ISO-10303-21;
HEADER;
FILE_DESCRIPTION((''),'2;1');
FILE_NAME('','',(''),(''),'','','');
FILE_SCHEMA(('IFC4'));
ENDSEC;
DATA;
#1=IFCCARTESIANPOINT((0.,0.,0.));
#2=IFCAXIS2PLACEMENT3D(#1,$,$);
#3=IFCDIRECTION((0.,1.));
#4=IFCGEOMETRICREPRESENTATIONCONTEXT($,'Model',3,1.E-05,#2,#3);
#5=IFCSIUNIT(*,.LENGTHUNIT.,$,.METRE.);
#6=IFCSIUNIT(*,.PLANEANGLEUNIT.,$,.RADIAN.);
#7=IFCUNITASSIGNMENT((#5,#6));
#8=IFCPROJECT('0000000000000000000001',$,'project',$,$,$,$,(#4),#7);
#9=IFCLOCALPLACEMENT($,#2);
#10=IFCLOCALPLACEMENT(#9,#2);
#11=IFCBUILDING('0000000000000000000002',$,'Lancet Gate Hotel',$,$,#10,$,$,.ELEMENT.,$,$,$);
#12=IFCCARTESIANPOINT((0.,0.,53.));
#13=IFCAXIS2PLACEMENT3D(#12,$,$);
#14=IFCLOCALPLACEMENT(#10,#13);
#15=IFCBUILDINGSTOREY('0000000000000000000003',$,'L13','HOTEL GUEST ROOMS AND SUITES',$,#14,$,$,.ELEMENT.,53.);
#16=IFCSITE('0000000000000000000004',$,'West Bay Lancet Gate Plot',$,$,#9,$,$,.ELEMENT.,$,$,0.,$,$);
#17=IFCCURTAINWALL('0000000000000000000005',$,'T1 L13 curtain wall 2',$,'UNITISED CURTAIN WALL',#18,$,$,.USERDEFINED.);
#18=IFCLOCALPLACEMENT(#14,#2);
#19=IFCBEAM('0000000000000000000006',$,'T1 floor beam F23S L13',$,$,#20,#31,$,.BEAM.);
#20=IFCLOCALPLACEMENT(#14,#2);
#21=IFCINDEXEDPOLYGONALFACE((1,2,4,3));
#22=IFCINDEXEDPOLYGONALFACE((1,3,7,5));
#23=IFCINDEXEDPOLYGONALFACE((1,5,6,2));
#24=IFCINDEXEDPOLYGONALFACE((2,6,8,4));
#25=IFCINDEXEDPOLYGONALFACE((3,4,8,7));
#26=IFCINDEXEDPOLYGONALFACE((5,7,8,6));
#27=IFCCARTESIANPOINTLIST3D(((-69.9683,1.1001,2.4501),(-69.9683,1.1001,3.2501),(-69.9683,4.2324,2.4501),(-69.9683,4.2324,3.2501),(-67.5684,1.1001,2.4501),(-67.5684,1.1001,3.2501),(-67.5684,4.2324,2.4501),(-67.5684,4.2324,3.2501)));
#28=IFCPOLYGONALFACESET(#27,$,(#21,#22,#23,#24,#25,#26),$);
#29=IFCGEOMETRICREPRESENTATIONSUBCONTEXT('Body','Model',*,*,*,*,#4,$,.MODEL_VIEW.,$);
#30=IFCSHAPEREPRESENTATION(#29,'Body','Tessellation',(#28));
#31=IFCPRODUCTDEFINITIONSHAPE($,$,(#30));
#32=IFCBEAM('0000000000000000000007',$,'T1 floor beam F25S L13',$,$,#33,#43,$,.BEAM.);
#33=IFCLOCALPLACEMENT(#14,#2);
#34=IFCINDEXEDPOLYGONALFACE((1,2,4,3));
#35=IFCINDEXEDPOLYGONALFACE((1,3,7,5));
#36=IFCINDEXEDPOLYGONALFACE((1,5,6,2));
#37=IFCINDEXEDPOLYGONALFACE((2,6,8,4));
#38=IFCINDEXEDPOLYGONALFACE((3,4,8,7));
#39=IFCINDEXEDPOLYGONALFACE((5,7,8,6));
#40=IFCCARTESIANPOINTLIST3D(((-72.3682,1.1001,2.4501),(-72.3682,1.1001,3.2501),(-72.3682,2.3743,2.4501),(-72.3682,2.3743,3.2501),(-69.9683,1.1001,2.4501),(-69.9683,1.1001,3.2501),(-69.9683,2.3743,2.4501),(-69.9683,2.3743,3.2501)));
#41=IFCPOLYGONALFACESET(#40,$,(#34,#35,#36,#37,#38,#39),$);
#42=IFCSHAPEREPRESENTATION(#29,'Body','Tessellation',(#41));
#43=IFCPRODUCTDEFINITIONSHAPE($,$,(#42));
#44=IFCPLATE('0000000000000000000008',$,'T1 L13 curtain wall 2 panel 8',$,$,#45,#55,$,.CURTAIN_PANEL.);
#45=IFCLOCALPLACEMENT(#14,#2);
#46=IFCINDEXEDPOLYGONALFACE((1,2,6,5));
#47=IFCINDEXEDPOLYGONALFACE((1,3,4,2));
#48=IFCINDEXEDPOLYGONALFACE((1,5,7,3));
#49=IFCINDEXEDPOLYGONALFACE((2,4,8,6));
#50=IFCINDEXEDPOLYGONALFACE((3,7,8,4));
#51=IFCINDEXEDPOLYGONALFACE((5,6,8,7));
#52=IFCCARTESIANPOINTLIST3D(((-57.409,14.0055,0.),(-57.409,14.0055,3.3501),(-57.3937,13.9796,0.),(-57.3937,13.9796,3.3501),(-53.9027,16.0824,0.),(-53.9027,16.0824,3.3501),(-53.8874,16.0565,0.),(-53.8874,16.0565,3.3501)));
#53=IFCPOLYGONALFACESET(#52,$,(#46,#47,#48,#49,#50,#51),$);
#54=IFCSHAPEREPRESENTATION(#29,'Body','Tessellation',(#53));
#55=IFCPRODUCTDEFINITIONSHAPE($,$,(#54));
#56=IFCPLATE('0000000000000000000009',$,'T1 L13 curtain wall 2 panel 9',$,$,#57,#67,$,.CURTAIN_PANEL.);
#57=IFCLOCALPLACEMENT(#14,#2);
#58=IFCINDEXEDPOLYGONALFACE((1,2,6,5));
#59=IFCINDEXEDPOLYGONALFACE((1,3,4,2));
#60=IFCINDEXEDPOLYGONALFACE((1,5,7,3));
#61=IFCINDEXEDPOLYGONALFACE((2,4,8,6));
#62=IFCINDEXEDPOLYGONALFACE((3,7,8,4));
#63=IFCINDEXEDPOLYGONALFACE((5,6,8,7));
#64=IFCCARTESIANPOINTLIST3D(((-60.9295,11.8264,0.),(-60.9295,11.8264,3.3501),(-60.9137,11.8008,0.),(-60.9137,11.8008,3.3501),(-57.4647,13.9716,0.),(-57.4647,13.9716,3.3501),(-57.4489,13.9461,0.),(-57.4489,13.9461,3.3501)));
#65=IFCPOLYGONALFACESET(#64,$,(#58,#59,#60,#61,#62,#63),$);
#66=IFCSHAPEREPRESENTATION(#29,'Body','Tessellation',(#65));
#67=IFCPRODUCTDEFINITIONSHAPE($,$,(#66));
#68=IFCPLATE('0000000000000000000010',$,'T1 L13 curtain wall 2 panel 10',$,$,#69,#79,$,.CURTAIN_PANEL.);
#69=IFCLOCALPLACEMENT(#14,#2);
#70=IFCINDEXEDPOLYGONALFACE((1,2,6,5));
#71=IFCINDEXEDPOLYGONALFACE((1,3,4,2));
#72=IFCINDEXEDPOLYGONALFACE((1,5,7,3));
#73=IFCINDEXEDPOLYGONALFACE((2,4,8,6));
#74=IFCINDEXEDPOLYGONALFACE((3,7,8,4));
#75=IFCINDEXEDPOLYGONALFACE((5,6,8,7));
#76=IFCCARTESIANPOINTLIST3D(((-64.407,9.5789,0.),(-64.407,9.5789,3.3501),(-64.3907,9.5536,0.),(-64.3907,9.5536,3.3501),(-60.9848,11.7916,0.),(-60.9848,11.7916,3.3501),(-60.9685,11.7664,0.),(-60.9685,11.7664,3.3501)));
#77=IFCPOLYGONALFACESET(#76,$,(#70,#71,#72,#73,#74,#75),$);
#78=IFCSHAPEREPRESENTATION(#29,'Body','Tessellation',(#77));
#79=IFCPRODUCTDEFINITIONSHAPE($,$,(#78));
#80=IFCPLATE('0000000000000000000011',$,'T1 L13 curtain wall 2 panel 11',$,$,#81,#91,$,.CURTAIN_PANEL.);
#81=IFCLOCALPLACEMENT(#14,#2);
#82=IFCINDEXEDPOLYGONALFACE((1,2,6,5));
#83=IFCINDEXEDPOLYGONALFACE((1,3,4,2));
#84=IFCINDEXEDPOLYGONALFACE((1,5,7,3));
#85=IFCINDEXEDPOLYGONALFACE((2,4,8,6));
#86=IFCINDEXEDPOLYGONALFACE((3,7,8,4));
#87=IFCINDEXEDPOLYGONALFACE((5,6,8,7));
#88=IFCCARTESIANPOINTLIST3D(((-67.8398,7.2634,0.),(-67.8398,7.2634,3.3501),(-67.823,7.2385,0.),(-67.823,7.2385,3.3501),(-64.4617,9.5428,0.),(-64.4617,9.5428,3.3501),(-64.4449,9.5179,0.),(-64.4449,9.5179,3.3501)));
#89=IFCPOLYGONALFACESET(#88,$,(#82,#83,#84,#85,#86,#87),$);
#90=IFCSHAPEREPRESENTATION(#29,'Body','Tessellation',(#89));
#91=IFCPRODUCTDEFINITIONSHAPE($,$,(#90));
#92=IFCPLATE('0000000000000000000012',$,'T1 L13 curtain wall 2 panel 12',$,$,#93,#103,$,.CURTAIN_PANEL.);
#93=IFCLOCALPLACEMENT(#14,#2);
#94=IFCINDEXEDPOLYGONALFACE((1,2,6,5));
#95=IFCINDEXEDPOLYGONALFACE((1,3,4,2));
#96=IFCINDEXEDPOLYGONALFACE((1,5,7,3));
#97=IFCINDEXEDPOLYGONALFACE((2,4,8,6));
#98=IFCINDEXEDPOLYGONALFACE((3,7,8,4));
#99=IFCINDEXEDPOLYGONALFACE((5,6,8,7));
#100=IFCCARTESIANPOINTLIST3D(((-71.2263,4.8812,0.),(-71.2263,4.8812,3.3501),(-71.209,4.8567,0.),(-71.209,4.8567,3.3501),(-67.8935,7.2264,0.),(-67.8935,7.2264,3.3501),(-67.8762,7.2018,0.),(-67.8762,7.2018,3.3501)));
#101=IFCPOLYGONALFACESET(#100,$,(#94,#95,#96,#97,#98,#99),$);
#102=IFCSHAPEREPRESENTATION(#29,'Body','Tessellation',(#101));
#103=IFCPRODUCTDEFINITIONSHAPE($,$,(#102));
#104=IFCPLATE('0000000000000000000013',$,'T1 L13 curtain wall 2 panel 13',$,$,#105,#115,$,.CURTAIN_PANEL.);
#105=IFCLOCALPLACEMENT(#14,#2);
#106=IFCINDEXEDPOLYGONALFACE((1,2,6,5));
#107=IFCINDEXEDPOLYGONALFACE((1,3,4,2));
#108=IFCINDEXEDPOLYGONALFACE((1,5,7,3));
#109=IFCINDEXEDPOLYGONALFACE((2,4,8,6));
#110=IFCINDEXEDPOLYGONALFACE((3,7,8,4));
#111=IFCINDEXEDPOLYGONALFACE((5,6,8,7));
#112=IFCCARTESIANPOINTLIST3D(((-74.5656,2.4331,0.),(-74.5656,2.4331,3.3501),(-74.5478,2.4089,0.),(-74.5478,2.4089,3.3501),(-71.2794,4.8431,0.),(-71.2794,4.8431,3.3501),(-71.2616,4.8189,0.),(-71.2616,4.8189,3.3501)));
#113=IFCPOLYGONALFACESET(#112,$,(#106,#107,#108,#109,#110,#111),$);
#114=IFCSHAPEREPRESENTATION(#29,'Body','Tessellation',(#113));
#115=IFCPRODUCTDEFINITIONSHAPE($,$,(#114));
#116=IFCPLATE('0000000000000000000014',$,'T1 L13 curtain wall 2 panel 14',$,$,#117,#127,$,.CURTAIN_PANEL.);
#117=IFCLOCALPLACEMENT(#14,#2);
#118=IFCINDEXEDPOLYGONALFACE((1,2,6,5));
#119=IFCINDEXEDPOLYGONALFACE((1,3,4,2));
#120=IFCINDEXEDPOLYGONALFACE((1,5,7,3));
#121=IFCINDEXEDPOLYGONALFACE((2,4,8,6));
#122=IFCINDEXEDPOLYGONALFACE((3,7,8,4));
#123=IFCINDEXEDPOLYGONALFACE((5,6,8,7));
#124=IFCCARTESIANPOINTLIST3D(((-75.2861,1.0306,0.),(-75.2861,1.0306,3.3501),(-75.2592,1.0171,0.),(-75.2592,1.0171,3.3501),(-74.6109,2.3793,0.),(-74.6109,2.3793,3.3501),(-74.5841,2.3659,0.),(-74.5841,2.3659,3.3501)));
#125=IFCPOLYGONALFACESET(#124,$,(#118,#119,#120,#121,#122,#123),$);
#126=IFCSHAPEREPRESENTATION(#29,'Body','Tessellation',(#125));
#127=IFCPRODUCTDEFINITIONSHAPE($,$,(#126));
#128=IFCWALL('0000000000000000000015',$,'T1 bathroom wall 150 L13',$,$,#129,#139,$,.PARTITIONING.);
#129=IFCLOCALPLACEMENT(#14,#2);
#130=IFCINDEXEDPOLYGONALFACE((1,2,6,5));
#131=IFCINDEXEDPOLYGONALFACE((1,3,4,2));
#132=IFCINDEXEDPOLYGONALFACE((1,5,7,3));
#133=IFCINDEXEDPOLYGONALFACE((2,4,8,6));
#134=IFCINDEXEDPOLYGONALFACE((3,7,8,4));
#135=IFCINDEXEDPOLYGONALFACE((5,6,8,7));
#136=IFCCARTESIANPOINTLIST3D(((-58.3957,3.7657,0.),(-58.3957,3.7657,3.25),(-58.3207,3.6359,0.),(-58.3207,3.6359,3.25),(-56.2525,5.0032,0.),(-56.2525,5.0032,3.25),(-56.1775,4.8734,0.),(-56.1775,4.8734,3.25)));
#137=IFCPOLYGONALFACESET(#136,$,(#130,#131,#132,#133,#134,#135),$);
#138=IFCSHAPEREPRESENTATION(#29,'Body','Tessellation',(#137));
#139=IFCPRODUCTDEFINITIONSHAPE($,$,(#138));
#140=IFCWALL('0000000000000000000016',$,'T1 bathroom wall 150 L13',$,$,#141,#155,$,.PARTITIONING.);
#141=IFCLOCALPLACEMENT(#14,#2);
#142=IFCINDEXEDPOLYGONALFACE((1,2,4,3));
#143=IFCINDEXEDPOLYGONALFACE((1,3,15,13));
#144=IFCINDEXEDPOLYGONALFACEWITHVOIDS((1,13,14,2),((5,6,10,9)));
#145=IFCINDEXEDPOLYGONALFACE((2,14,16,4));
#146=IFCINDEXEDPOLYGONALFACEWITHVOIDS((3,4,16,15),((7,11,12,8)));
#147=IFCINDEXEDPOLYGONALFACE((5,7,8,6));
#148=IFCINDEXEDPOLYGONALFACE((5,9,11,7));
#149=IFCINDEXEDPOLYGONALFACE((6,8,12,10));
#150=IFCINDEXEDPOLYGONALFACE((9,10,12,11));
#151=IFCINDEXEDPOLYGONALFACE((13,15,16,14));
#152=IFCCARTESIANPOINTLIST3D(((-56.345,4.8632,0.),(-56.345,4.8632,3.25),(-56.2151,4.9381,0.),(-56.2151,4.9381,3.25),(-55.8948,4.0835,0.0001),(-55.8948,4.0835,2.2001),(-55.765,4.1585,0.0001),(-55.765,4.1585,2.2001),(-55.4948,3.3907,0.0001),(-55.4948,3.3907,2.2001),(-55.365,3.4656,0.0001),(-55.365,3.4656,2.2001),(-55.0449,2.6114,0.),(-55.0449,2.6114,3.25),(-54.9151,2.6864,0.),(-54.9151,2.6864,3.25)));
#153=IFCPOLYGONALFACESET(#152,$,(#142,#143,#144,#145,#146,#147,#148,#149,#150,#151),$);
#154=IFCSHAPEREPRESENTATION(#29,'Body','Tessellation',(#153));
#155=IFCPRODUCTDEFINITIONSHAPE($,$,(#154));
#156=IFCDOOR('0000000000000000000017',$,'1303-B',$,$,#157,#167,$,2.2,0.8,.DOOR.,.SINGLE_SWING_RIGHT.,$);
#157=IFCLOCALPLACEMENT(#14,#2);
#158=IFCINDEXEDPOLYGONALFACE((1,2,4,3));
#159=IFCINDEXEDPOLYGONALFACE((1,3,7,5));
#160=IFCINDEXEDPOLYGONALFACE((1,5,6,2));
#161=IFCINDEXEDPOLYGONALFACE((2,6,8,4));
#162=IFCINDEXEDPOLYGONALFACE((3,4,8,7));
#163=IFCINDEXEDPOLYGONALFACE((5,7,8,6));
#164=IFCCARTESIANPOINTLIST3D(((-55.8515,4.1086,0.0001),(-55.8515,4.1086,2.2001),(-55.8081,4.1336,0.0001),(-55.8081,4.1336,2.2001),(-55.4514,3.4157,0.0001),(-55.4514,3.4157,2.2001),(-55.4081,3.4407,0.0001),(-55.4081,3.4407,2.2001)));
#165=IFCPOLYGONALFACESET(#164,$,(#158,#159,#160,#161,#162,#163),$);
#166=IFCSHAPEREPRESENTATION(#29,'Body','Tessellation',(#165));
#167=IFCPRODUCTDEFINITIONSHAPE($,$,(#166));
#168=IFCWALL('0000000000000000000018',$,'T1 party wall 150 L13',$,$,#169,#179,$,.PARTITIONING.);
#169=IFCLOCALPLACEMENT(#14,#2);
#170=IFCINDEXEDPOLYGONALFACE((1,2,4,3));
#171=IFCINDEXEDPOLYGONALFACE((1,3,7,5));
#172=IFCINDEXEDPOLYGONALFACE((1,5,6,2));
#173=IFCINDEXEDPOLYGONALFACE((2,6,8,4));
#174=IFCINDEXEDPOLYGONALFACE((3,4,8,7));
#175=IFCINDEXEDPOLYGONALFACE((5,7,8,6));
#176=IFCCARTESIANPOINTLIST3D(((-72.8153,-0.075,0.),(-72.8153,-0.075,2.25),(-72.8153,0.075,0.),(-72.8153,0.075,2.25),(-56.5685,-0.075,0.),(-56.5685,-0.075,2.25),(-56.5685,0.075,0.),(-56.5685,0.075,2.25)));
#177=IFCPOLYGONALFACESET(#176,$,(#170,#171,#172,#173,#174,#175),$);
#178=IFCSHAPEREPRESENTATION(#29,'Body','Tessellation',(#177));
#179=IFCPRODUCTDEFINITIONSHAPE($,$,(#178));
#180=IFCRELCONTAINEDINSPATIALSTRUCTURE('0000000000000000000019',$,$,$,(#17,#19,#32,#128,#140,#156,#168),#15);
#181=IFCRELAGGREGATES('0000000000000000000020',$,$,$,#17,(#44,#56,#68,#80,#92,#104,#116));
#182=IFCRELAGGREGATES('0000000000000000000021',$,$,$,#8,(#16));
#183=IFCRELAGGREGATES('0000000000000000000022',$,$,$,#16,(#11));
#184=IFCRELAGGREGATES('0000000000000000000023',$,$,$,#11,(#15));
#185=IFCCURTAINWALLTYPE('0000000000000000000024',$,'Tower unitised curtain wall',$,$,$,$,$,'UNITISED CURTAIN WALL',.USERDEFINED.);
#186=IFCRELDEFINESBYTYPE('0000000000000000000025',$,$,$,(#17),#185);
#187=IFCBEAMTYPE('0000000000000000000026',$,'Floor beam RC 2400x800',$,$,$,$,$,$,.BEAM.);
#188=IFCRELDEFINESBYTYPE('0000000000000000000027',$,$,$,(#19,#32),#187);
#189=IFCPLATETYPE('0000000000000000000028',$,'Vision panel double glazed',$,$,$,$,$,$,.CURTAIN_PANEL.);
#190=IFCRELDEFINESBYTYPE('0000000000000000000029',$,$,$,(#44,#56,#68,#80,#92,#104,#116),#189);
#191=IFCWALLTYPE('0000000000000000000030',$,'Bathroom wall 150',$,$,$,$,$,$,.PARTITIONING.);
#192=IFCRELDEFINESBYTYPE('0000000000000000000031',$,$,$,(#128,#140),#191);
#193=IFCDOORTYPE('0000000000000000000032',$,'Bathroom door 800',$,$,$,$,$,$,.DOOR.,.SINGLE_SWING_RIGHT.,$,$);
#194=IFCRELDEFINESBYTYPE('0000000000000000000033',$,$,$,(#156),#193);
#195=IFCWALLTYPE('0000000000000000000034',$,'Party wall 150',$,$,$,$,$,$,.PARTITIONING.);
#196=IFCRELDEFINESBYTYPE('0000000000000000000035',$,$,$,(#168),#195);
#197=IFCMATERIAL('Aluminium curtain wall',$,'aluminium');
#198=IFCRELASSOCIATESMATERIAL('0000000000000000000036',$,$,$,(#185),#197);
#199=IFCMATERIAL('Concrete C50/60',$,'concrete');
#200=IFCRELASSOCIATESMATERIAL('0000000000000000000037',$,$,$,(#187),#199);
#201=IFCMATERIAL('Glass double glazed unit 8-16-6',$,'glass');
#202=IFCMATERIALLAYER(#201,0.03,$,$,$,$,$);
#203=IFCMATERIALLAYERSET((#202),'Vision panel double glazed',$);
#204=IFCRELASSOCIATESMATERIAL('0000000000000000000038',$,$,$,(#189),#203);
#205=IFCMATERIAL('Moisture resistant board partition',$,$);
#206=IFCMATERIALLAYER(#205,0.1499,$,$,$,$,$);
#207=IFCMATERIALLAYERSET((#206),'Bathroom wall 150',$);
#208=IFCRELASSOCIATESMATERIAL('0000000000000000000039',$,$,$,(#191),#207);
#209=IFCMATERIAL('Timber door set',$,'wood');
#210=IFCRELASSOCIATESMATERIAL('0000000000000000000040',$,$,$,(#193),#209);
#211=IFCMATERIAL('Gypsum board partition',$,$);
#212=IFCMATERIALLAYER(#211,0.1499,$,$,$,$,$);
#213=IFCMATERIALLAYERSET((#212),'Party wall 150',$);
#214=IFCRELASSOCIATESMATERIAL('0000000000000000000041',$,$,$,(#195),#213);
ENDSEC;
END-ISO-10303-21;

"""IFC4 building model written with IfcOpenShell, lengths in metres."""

from ifc_helpers import new_model, si_unit, direction, frame, frame_2d, origin, origin_2d, place, context, subcontext, project, spatial, rectangle, extrude, material, layer, layer_set, material_profile, profile_set, type_object, element, fill, aggregate, save


model = new_model("IFC4")

# Units and contexts
model_context = context("Model", 3, precision=1e-05, world=origin(), true_north=direction((0.0, 1.0)))
body_context = subcontext(model_context, "Body", "Model", "MODEL_VIEW")
ifc_project = project(units=[si_unit("LENGTHUNIT", "METRE"), si_unit("PLANEANGLEUNIT", "RADIAN")], contexts=[model_context])

# Site, building, storey
site_placement = place(None, origin())
site = spatial("IfcSite", under=ifc_project, at=site_placement, Name="West Bay Lancet Gate Plot", CompositionType="ELEMENT", RefElevation=0.0)
building_placement = place(site_placement, origin())
building = spatial("IfcBuilding", under=site, at=building_placement, Name="Lancet Gate Hotel", CompositionType="ELEMENT")
storey_placement = place(building_placement, frame((0.0, 0.0, 53.0)))
storey = spatial("IfcBuildingStorey", under=building, at=storey_placement, Name="L13", Description="HOTEL GUEST ROOMS AND SUITES", CompositionType="ELEMENT", Elevation=53.0)

# Curtain wall
ifc_material_1 = material(Name="Aluminium curtain wall", Category="aluminium")
curtain_wall_type = type_object("IfcCurtainWallType", Name="Tower unitised curtain wall", ElementType="UNITISED CURTAIN WALL", PredefinedType="USERDEFINED", material=ifc_material_1)
curtain_wall_placement = place(storey_placement, origin())
curtain_wall = element("IfcCurtainWall", 1, at=curtain_wall_placement, inside=storey, type_object=curtain_wall_type, Name="T1 L13 curtain wall 2", ObjectType="UNITISED CURTAIN WALL", PredefinedType="USERDEFINED")

# Beams
ifc_material_2 = material(Name="Concrete C50/60", Category="concrete")
ifc_material_profile_1 = material_profile(ifc_material_2, rectangle(XDim=2.3999, YDim=0.8, at=origin_2d()), Name="RC 2400x800")
ifc_profile_set_1 = profile_set([ifc_material_profile_1], Name="Concrete C50/60")
beam_type_1 = type_object("IfcBeamType", Name="Floor beam RC 2400x800", PredefinedType="BEAM", material=ifc_profile_set_1)
beam_1_placement = place(storey_placement, frame((-68.7683, 4.2324, 2.8501), z_axis=(0.0, -1.0, 0.0), x_axis=(1.0, 0.0, 0.0)))
element("IfcBeam", 2, at=beam_1_placement, inside=storey, type_object=beam_type_1, Name="T1 floor beam F23S L13", PredefinedType="BEAM", context=body_context, shape_type="SweptSolid", body=[
    extrude(rectangle(XDim=2.3999, YDim=0.8, at=origin_2d()), origin(), (0.0, 0.0, 1.0), 3.1323),
])
beam_2_placement = place(storey_placement, frame((-71.1682, 2.3743, 2.8501), z_axis=(0.0, -1.0, 0.0), x_axis=(1.0, 0.0, 0.0)))
element("IfcBeam", 3, at=beam_2_placement, inside=storey, type_object=beam_type_1, Name="T1 floor beam F25S L13", PredefinedType="BEAM", context=body_context, shape_type="SweptSolid", body=[
    extrude(rectangle(XDim=2.3999, YDim=0.8, at=origin_2d()), origin(), (0.0, 0.0, 1.0), 1.2742),
])

# Plates
ifc_material_3 = material(Name="Glass double glazed unit 8-16-6", Category="glass")
ifc_layer_1 = layer(ifc_material_3, 0.03)
ifc_layer_set_1 = layer_set([ifc_layer_1], Name="Vision panel double glazed")
plate_type = type_object("IfcPlateType", Name="Vision panel double glazed", PredefinedType="CURTAIN_PANEL", material=ifc_layer_set_1)
plate_1_placement = place(storey_placement, frame((-55.6482, 15.031, 0.0), z_axis=(0.0, 0.0, 1.0), x_axis=(-0.860382, -0.50965, 0.0)))
plate_1 = element("IfcPlate", 4, at=plate_1_placement, type_object=plate_type, Name="T1 L13 curtain wall 2 panel 8", PredefinedType="CURTAIN_PANEL", context=body_context, shape_type="SweptSolid", body=[
    extrude(rectangle(XDim=4.0752, YDim=0.03, at=origin_2d()), origin(), (0.0, 0.0, 1.0), 3.3501),
])
plate_2_placement = place(storey_placement, frame((-59.1892, 12.8862, 0.0), z_axis=(0.0, 0.0, 1.0), x_axis=(-0.850229, -0.526414, 0.0)))
plate_2 = element("IfcPlate", 5, at=plate_2_placement, type_object=plate_type, Name="T1 L13 curtain wall 2 panel 9", PredefinedType="CURTAIN_PANEL", context=body_context, shape_type="SweptSolid", body=[
    extrude(rectangle(XDim=4.0752, YDim=0.03, at=origin_2d()), origin(), (0.0, 0.0, 1.0), 3.3501),
])
plate_3_placement = place(storey_placement, frame((-62.6877, 10.6726, 0.0), z_axis=(0.0, 0.0, 1.0), x_axis=(-0.839749, -0.542975, 0.0)))
plate_3 = element("IfcPlate", 6, at=plate_3_placement, type_object=plate_type, Name="T1 L13 curtain wall 2 panel 10", PredefinedType="CURTAIN_PANEL", context=body_context, shape_type="SweptSolid", body=[
    extrude(rectangle(XDim=4.0752, YDim=0.03, at=origin_2d()), origin(), (0.0, 0.0, 1.0), 3.3501),
])
plate_4_placement = place(storey_placement, frame((-66.1423, 8.3906, 0.0), z_axis=(0.0, 0.0, 1.0), x_axis=(-0.828946, -0.559329, 0.0)))
plate_4 = element("IfcPlate", 7, at=plate_4_placement, type_object=plate_type, Name="T1 L13 curtain wall 2 panel 11", PredefinedType="CURTAIN_PANEL", context=body_context, shape_type="SweptSolid", body=[
    extrude(rectangle(XDim=4.0752, YDim=0.03, at=origin_2d()), origin(), (0.0, 0.0, 1.0), 3.3501),
])
plate_5_placement = place(storey_placement, frame((-69.5513, 6.0415, 0.0), z_axis=(0.0, 0.0, 1.0), x_axis=(-0.817825, -0.575467, 0.0)))
plate_5 = element("IfcPlate", 8, at=plate_5_placement, type_object=plate_type, Name="T1 L13 curtain wall 2 panel 12", PredefinedType="CURTAIN_PANEL", context=body_context, shape_type="SweptSolid", body=[
    extrude(rectangle(XDim=4.0752, YDim=0.03, at=origin_2d()), origin(), (0.0, 0.0, 1.0), 3.3501),
])
plate_6_placement = place(storey_placement, frame((-72.9136, 3.626, 0.0), z_axis=(0.0, 0.0, 1.0), x_axis=(-0.80639, -0.591384, 0.0)))
plate_6 = element("IfcPlate", 9, at=plate_6_placement, type_object=plate_type, Name="T1 L13 curtain wall 2 panel 13", PredefinedType="CURTAIN_PANEL", context=body_context, shape_type="SweptSolid", body=[
    extrude(rectangle(XDim=4.0752, YDim=0.03, at=origin_2d()), origin(), (0.0, 0.0, 1.0), 3.3501),
])
plate_7_placement = place(storey_placement, frame((-74.9351, 1.6982, 0.0), z_axis=(0.0, 0.0, 1.0), x_axis=(-0.447628, -0.89422, 0.0)))
plate_7 = element("IfcPlate", 10, at=plate_7_placement, type_object=plate_type, Name="T1 L13 curtain wall 2 panel 14", PredefinedType="CURTAIN_PANEL", context=body_context, shape_type="SweptSolid", body=[
    extrude(rectangle(XDim=1.5083, YDim=0.03, at=origin_2d()), origin(), (0.0, 0.0, 1.0), 3.3501),
])
aggregate(curtain_wall, [plate_1, plate_2, plate_3, plate_4, plate_5, plate_6, plate_7])

# Wall
ifc_material_4 = material(Name="Moisture resistant board partition")
ifc_layer_2 = layer(ifc_material_4, 0.1499)
ifc_layer_set_2 = layer_set([ifc_layer_2], Name="Bathroom wall 150")
wall_type_1 = type_object("IfcWallType", Name="Bathroom wall 150", PredefinedType="PARTITIONING", material=ifc_layer_set_2)
wall_1_placement = place(storey_placement, frame((-56.2151, 4.9382, 0.0), z_axis=(0.0, 0.0, 1.0), x_axis=(-0.866007, -0.500033, 0.0)))
element("IfcWall", 11, at=wall_1_placement, inside=storey, type_object=wall_type_1, Name="T1 bathroom wall 150 L13", PredefinedType="PARTITIONING", context=body_context, shape_type="SweptSolid", body=[
    extrude(rectangle(XDim=2.4749, YDim=0.1499, at=frame_2d((1.2373, 0.0))), origin(), (0.0, 0.0, 1.0), 3.25),
])

# Wall, opening, door
wall_2_placement = place(storey_placement, frame((-54.98, 2.6489, 0.0), z_axis=(0.0, 0.0, 1.0), x_axis=(-0.500007, 0.866021, 0.0)))
wall_2 = element("IfcWall", 12, at=wall_2_placement, inside=storey, type_object=wall_type_1, Name="T1 bathroom wall 150 L13", PredefinedType="PARTITIONING", context=body_context, shape_type="SweptSolid", body=[
    extrude(rectangle(XDim=2.6001, YDim=0.1499, at=frame_2d((1.3, 0.0))), origin(), (0.0, 0.0, 1.0), 3.25),
])
opening_placement = place(wall_2_placement, frame((0.8999, 0.0, 0.0)))
opening = element("IfcOpeningElement", 13, at=opening_placement, cuts=wall_2, PredefinedType="OPENING", context=body_context, shape_type="SweptSolid", body=[
    extrude(rectangle(XDim=0.8, YDim=2.2, at=frame_2d((0.3999, 1.1001))), frame((0.0, 0.085, 0.0), z_axis=(0.0, -1.0, 0.0), x_axis=(1.0, 0.0, 0.0)), (0.0, 0.0, 1.0), 0.1699),
])
ifc_material_5 = material(Name="Timber door set", Category="wood")
door_type = type_object("IfcDoorType", Name="Bathroom door 800", OperationType="SINGLE_SWING_RIGHT", PredefinedType="DOOR", material=ifc_material_5)
door_placement = place(opening_placement, origin())
door = element("IfcDoor", 14, at=door_placement, inside=storey, type_object=door_type, Name="1303-B", OperationType="SINGLE_SWING_RIGHT", OverallHeight=2.2, OverallWidth=0.8, PredefinedType="DOOR", context=body_context, shape_type="SweptSolid", body=[
    extrude(rectangle(XDim=0.8, YDim=2.2, at=frame_2d((0.3999, 1.1001))), frame((0.0, 0.0249, 0.0), z_axis=(0.0, -1.0, 0.0), x_axis=(1.0, 0.0, 0.0)), (0.0, 0.0, 1.0), 0.05),
])
fill(opening, door)

# Wall
ifc_material_6 = material(Name="Gypsum board partition")
ifc_layer_3 = layer(ifc_material_6, 0.1499)
ifc_layer_set_3 = layer_set([ifc_layer_3], Name="Party wall 150")
wall_type_2 = type_object("IfcWallType", Name="Party wall 150", PredefinedType="PARTITIONING", material=ifc_layer_set_3)
wall_3_placement = place(storey_placement, frame((-56.5684, 0.0, 0.0), z_axis=(0.0, 0.0, 1.0), x_axis=(-1.0, 0.0, 0.0)))
element("IfcWall", 15, at=wall_3_placement, inside=storey, type_object=wall_type_2, Name="T1 party wall 150 L13", PredefinedType="PARTITIONING", context=body_context, shape_type="SweptSolid", body=[
    extrude(rectangle(XDim=16.2468, YDim=0.1499, at=frame_2d((8.1235, 0.0))), origin(), (0.0, 0.0, 1.0), 2.25),
])

save(model, "model.ifc")
